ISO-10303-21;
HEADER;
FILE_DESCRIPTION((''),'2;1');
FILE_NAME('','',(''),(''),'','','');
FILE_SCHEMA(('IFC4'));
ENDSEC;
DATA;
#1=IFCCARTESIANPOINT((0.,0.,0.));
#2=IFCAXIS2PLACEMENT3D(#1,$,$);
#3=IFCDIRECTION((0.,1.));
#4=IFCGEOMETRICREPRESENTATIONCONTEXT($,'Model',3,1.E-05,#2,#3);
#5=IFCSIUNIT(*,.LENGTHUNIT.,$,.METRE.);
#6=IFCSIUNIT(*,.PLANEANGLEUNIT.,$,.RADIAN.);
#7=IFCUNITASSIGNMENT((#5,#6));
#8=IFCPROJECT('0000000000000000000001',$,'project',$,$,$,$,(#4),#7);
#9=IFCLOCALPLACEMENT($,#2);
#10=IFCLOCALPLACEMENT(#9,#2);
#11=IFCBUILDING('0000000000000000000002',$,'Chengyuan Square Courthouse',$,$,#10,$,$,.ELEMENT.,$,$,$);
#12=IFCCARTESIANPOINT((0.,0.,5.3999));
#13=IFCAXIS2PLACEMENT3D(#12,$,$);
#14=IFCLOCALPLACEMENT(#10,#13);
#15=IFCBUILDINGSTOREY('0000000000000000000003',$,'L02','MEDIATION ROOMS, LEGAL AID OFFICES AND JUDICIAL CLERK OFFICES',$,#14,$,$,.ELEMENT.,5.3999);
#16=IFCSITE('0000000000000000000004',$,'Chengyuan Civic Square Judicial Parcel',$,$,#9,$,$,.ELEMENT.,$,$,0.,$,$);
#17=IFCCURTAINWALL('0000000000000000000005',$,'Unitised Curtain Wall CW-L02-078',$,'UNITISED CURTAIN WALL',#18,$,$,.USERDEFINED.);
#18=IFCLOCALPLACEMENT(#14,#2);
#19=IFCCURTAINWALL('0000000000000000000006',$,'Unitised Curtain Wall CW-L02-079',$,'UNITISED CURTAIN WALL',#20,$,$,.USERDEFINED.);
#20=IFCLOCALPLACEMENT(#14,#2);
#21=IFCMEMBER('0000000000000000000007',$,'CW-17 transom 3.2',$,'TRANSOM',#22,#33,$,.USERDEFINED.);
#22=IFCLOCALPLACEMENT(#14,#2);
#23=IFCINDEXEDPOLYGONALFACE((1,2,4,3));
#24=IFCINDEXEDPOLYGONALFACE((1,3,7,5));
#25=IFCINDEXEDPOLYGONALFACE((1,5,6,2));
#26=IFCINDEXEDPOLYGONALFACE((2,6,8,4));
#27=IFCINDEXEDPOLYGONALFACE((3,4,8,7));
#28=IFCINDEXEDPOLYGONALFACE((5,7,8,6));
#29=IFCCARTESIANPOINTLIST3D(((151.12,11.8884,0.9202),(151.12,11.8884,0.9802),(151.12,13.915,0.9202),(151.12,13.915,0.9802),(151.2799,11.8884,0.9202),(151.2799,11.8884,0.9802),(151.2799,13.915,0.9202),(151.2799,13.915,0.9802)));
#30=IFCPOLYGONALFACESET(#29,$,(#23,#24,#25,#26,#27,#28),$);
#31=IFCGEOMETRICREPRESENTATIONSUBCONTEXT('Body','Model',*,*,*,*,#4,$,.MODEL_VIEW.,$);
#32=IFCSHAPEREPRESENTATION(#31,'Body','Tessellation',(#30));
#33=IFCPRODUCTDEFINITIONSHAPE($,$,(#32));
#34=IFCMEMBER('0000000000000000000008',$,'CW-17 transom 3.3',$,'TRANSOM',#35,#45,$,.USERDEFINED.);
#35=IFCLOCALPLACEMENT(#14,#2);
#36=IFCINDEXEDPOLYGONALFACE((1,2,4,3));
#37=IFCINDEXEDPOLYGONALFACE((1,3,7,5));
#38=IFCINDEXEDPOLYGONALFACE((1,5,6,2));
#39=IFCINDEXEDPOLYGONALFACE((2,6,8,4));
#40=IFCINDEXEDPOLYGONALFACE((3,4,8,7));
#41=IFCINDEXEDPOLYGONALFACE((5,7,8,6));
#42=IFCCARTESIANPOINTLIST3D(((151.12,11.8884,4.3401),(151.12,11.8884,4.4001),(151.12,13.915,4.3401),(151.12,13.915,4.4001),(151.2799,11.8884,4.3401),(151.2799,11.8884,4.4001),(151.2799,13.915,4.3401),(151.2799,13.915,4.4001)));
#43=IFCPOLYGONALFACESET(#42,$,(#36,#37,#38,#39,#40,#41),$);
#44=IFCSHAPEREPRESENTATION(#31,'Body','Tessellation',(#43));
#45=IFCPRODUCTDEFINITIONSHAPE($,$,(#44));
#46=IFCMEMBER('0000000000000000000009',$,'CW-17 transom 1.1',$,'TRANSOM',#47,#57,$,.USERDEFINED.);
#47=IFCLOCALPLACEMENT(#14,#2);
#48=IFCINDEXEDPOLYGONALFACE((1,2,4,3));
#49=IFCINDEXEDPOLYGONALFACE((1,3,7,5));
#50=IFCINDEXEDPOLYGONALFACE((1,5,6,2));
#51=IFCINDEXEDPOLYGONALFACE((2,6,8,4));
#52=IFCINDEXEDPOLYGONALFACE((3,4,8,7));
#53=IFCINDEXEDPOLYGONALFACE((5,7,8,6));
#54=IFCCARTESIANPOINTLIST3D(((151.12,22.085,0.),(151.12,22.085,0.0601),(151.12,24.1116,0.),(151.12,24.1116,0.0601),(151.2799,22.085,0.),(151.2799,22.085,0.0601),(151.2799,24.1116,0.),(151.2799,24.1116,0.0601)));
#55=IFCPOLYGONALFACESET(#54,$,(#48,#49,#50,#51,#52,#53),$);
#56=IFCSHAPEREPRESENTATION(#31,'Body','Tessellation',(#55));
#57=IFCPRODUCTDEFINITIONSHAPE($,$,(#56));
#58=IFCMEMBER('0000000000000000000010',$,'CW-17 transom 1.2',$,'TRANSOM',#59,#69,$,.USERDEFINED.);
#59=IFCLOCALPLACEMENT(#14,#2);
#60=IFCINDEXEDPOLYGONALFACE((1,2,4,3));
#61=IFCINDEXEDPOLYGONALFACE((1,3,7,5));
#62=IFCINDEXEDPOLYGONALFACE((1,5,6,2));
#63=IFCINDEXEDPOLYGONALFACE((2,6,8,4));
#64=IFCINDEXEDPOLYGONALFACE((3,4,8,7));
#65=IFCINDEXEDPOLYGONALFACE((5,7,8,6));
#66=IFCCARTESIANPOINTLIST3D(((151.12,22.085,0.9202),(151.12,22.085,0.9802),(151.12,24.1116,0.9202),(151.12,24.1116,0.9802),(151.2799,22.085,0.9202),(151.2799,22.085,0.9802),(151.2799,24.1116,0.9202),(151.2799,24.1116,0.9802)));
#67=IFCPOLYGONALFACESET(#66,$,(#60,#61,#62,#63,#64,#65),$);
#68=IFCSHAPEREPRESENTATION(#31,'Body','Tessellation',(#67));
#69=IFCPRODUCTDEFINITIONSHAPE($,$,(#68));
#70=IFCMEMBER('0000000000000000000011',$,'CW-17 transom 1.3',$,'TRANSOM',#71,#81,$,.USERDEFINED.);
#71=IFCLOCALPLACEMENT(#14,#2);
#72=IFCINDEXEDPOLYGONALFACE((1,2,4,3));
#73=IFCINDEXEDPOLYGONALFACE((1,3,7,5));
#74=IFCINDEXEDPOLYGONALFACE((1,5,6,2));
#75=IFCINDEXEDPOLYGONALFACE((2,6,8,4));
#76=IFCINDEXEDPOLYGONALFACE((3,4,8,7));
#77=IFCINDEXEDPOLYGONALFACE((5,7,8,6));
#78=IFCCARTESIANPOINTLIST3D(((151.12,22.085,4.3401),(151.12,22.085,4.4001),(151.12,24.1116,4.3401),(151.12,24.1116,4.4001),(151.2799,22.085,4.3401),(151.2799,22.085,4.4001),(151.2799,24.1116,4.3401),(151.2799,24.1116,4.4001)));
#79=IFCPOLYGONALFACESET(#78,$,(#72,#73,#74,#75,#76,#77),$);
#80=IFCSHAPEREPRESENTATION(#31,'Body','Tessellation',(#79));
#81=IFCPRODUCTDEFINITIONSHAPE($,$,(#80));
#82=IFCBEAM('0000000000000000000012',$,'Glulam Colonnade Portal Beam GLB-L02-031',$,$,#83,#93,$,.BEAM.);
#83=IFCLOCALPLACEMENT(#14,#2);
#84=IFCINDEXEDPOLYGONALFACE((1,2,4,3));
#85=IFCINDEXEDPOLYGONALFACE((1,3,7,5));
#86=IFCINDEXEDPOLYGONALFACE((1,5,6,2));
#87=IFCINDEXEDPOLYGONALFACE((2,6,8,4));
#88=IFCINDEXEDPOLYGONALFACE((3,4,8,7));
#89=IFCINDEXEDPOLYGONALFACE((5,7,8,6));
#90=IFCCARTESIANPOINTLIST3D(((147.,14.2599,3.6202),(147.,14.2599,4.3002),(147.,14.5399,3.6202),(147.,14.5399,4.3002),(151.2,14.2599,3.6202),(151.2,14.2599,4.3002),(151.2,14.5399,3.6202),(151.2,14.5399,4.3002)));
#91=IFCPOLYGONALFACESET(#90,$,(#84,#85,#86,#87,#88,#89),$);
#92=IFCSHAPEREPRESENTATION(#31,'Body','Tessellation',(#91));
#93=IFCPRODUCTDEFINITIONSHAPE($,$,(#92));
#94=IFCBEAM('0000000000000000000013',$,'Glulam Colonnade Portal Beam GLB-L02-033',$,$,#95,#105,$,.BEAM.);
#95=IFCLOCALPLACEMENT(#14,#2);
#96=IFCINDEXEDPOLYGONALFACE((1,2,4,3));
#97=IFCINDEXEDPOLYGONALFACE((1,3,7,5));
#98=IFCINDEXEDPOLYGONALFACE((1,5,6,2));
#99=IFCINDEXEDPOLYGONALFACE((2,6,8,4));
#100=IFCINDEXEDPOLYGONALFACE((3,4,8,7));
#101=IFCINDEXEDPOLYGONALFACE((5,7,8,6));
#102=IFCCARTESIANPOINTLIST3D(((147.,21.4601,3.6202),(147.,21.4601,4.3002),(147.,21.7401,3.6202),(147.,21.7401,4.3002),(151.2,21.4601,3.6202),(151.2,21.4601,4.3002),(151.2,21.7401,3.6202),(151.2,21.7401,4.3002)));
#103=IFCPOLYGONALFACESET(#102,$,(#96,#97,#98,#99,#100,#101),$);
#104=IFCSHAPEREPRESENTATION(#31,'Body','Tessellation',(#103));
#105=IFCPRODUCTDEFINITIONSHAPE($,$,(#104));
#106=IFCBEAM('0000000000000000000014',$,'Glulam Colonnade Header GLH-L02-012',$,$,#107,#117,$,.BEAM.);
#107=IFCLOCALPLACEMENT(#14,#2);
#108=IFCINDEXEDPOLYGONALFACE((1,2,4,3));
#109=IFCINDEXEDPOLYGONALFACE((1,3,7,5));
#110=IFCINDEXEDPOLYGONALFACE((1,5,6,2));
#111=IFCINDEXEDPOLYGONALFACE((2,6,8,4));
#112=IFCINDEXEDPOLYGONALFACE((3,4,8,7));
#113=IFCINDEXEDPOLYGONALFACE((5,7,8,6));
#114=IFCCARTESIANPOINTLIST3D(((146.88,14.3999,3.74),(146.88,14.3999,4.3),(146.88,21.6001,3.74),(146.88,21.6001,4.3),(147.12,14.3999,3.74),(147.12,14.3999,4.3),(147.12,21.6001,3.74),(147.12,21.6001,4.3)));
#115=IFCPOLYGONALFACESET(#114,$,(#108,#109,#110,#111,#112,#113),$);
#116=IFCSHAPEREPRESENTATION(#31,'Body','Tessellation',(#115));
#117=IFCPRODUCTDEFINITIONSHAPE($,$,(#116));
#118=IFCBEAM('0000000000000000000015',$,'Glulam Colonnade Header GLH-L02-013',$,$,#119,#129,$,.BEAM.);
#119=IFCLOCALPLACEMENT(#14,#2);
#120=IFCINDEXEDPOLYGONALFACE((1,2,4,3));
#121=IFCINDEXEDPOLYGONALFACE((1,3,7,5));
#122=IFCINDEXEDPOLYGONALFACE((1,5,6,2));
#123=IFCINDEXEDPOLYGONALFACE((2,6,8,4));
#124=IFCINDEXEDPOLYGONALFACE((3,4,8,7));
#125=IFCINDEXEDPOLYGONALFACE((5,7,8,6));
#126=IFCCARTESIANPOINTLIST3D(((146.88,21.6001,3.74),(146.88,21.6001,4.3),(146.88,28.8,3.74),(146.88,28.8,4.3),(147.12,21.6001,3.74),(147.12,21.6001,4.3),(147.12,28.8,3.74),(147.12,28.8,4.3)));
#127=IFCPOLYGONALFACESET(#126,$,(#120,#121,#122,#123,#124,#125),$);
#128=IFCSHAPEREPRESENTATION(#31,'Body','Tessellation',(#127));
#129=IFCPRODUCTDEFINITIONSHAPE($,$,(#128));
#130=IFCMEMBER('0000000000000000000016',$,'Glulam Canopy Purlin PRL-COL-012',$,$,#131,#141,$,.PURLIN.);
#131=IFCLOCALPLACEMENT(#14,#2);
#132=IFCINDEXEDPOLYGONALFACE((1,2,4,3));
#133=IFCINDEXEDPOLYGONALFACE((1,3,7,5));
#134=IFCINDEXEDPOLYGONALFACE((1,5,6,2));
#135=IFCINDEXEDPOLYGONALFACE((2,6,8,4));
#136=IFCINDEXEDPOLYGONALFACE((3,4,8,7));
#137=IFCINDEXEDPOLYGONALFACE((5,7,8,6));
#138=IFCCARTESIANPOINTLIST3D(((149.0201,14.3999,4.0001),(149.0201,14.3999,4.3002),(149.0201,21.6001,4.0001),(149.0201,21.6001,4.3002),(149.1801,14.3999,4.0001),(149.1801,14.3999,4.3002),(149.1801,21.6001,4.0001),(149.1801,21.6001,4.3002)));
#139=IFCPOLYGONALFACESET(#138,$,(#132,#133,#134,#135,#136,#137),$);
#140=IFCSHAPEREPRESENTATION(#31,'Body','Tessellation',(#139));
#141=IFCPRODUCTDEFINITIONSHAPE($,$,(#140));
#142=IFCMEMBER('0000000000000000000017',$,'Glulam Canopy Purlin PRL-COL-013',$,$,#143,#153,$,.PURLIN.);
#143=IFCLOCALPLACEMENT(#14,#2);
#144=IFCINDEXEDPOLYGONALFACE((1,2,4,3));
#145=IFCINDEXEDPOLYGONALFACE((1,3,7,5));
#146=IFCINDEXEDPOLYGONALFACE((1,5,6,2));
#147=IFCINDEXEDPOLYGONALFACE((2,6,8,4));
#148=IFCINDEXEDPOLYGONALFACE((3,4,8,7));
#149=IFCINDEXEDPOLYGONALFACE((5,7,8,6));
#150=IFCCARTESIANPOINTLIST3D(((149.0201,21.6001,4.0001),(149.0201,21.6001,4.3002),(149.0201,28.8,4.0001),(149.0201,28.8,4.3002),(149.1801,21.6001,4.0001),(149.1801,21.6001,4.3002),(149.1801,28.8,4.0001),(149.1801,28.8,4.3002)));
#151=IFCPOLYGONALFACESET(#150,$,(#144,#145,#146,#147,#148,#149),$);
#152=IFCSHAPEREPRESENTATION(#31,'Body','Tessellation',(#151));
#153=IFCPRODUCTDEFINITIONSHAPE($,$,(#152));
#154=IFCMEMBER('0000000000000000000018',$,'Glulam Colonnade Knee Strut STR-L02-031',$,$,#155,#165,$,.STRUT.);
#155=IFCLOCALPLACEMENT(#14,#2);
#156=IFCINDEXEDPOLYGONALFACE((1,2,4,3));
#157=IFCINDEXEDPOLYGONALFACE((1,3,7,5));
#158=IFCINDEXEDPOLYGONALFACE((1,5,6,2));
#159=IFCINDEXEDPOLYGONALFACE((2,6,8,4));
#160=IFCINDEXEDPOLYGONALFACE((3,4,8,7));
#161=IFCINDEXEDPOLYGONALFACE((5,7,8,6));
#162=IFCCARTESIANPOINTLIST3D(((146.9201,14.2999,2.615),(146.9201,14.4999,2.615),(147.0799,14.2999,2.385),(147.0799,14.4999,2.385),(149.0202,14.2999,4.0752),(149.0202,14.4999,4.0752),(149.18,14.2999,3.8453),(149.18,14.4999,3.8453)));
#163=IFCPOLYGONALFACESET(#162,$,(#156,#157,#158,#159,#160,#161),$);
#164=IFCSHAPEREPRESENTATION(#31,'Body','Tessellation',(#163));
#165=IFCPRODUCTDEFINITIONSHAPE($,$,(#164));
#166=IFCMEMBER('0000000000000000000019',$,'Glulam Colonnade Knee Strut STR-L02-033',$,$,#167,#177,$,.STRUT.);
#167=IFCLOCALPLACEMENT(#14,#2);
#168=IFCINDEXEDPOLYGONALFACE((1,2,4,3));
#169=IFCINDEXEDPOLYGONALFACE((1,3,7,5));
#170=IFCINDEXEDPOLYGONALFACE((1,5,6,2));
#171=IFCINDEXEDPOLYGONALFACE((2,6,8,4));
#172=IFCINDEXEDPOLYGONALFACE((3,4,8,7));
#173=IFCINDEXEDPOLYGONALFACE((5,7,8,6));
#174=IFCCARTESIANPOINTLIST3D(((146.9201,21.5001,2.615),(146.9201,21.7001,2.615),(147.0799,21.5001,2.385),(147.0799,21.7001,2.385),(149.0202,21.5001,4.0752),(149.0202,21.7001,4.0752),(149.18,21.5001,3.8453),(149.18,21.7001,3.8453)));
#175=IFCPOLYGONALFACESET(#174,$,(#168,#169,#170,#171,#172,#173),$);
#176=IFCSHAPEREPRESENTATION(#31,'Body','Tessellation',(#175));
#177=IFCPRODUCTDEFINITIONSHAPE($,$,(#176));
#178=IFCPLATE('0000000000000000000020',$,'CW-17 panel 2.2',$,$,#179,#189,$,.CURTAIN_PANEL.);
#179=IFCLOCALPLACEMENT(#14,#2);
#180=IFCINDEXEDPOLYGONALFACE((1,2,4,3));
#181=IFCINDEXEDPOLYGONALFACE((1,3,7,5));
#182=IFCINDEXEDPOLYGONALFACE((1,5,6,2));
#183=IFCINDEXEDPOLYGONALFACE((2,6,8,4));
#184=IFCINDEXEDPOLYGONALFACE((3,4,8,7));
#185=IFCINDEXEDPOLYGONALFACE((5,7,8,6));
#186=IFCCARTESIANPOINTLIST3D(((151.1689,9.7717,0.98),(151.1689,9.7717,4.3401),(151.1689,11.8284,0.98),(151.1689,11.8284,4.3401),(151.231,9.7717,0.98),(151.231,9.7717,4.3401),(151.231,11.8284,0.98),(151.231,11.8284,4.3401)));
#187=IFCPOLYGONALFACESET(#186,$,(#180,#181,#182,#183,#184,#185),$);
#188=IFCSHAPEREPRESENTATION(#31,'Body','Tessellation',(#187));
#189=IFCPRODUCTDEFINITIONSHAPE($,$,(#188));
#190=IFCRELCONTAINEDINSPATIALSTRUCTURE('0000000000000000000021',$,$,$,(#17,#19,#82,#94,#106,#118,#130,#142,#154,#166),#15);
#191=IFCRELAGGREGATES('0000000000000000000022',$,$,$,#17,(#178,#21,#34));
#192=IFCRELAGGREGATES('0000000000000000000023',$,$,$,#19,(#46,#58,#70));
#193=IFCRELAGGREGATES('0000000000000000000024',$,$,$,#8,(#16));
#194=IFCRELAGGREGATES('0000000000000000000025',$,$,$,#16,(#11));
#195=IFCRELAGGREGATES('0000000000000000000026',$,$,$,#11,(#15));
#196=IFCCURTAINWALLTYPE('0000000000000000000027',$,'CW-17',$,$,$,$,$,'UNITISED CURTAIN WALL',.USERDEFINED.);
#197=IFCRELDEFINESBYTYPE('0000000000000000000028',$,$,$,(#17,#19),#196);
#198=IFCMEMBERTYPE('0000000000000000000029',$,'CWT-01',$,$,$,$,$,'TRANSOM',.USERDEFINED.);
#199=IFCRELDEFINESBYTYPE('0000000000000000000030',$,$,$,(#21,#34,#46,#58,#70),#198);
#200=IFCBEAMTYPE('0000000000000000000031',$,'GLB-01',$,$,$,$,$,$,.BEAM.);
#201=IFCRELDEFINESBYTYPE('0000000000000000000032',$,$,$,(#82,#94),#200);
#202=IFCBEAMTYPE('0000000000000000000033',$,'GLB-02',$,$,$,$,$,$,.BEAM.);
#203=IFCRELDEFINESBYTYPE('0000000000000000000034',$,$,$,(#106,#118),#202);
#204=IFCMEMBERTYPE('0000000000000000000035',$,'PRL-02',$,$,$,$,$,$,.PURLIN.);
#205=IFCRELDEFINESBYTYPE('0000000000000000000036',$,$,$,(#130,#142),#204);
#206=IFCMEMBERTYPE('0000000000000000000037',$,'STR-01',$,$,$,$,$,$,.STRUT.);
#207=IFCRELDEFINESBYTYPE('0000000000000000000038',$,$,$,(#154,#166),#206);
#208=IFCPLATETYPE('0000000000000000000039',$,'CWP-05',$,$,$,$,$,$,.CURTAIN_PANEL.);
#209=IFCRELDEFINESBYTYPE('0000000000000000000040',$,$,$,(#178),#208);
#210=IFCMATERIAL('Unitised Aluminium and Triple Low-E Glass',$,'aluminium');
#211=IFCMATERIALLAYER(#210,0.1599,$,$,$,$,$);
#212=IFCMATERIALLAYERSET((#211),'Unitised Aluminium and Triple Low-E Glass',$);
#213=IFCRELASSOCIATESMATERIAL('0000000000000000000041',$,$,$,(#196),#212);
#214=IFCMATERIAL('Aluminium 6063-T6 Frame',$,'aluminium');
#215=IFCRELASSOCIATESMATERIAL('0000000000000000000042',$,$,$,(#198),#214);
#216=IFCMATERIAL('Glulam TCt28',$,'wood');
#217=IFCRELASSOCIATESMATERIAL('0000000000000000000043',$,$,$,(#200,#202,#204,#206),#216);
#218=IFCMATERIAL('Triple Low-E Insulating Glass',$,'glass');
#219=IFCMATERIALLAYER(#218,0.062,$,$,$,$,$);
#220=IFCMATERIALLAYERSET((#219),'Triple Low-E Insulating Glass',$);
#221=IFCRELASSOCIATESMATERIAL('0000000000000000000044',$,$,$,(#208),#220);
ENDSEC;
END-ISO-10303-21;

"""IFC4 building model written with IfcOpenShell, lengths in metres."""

from ifc_helpers import new_model, si_unit, direction, frame, origin, origin_2d, place, context, subcontext, project, spatial, rectangle, extrude, material, layer, layer_set, material_profile, profile_set, type_object, element, aggregate, save


model = new_model("IFC4")

# Units and contexts
model_context = context("Model", 3, precision=1e-05, world=origin(), true_north=direction((0.0, 1.0)))
body_context = subcontext(model_context, "Body", "Model", "MODEL_VIEW")
ifc_project = project(units=[si_unit("LENGTHUNIT", "METRE"), si_unit("PLANEANGLEUNIT", "RADIAN")], contexts=[model_context])

# Site, building, storey
site_placement = place(None, origin())
site = spatial("IfcSite", under=ifc_project, at=site_placement, Name="Chengyuan Civic Square Judicial Parcel", CompositionType="ELEMENT", RefElevation=0.0)
building_placement = place(site_placement, origin())
building = spatial("IfcBuilding", under=site, at=building_placement, Name="Chengyuan Square Courthouse", CompositionType="ELEMENT")
storey_placement = place(building_placement, frame((0.0, 0.0, 5.3999)))
storey = spatial("IfcBuildingStorey", under=building, at=storey_placement, Name="L02", Description="MEDIATION ROOMS, LEGAL AID OFFICES AND JUDICIAL CLERK OFFICES", CompositionType="ELEMENT", Elevation=5.3999)

# Shared definitions
ifc_material_1 = material(Name="Glulam TCt28", Category="wood")

# Curtain wall
ifc_material_2 = material(Name="Unitised Aluminium and Triple Low-E Glass", Category="aluminium")
ifc_layer_1 = layer(ifc_material_2, 0.1599)
ifc_layer_set_1 = layer_set([ifc_layer_1], Name="Unitised Aluminium and Triple Low-E Glass")
curtain_wall_type = type_object("IfcCurtainWallType", Name="CW-17", ElementType="UNITISED CURTAIN WALL", PredefinedType="USERDEFINED", material=ifc_layer_set_1)
curtain_wall_1_placement = place(storey_placement, origin())
curtain_wall_1 = element("IfcCurtainWall", 1, at=curtain_wall_1_placement, inside=storey, type_object=curtain_wall_type, Name="Unitised Curtain Wall CW-L02-078", ObjectType="UNITISED CURTAIN WALL", PredefinedType="USERDEFINED")
ifc_material_3 = material(Name="Aluminium 6063-T6 Frame", Category="aluminium")

# Curtain wall
curtain_wall_2_placement = place(storey_placement, origin())
curtain_wall_2 = element("IfcCurtainWall", 2, at=curtain_wall_2_placement, inside=storey, type_object=curtain_wall_type, Name="Unitised Curtain Wall CW-L02-079", ObjectType="UNITISED CURTAIN WALL", PredefinedType="USERDEFINED")

# Members
ifc_material_profile_1 = material_profile(ifc_material_3, rectangle(XDim=0.1599, YDim=0.0601, at=origin_2d()), Name="CW-TRN-60x120")
ifc_profile_set_1 = profile_set([ifc_material_profile_1], Name="Aluminium 6063-T6 Frame")
member_type_1 = type_object("IfcMemberType", Name="CWT-01", ElementType="TRANSOM", PredefinedType="USERDEFINED", material=ifc_profile_set_1)
member_1_placement = place(storey_placement, frame((151.2, 11.8884, 0.9502), z_axis=(0.0, 1.0, 0.0), x_axis=(-1.0, 0.0, 0.0)))
member_1 = element("IfcMember", 3, at=member_1_placement, type_object=member_type_1, Name="CW-17 transom 3.2", ObjectType="TRANSOM", PredefinedType="USERDEFINED", context=body_context, shape_type="SweptSolid", body=[
    extrude(rectangle(XDim=0.1599, YDim=0.0601, at=origin_2d()), origin(), (0.0, 0.0, 1.0), 2.0266),
])
member_2_placement = place(storey_placement, frame((151.2, 11.8884, 4.3701), z_axis=(0.0, 1.0, 0.0), x_axis=(-1.0, 0.0, 0.0)))
member_2 = element("IfcMember", 4, at=member_2_placement, type_object=member_type_1, Name="CW-17 transom 3.3", ObjectType="TRANSOM", PredefinedType="USERDEFINED", context=body_context, shape_type="SweptSolid", body=[
    extrude(rectangle(XDim=0.1599, YDim=0.0601, at=origin_2d()), origin(), (0.0, 0.0, 1.0), 2.0266),
])
member_3_placement = place(storey_placement, frame((151.2, 22.085, 0.03), z_axis=(0.0, 1.0, 0.0), x_axis=(-1.0, 0.0, 0.0)))
member_3 = element("IfcMember", 5, at=member_3_placement, type_object=member_type_1, Name="CW-17 transom 1.1", ObjectType="TRANSOM", PredefinedType="USERDEFINED", context=body_context, shape_type="SweptSolid", body=[
    extrude(rectangle(XDim=0.1599, YDim=0.0601, at=origin_2d()), origin(), (0.0, 0.0, 1.0), 2.0266),
])
member_4_placement = place(storey_placement, frame((151.2, 22.085, 0.9502), z_axis=(0.0, 1.0, 0.0), x_axis=(-1.0, 0.0, 0.0)))
member_4 = element("IfcMember", 6, at=member_4_placement, type_object=member_type_1, Name="CW-17 transom 1.2", ObjectType="TRANSOM", PredefinedType="USERDEFINED", context=body_context, shape_type="SweptSolid", body=[
    extrude(rectangle(XDim=0.1599, YDim=0.0601, at=origin_2d()), origin(), (0.0, 0.0, 1.0), 2.0266),
])
member_5_placement = place(storey_placement, frame((151.2, 22.085, 4.3701), z_axis=(0.0, 1.0, 0.0), x_axis=(-1.0, 0.0, 0.0)))
member_5 = element("IfcMember", 7, at=member_5_placement, type_object=member_type_1, Name="CW-17 transom 1.3", ObjectType="TRANSOM", PredefinedType="USERDEFINED", context=body_context, shape_type="SweptSolid", body=[
    extrude(rectangle(XDim=0.1599, YDim=0.0601, at=origin_2d()), origin(), (0.0, 0.0, 1.0), 2.0266),
])

# Beams
ifc_material_profile_2 = material_profile(ifc_material_1, rectangle(XDim=0.28, YDim=0.6799, at=origin_2d()), Name="GL-BM-280x680")
ifc_profile_set_2 = profile_set([ifc_material_profile_2], Name="Glulam TCt28")
beam_type_1 = type_object("IfcBeamType", Name="GLB-01", PredefinedType="BEAM", material=ifc_profile_set_2)
for number, where, z_axis, x_axis, name in (
    (8, (151.2, 14.3999, 3.9602), (-1.0, 0.0, 0.0), (0.0, -1.0, 0.0), "Glulam Colonnade Portal Beam GLB-L02-031"),
    (9, (151.2, 21.6001, 3.9602), (-1.0, 0.0, 0.0), (0.0, -1.0, 0.0), "Glulam Colonnade Portal Beam GLB-L02-033"),
):
    element("IfcBeam", number, at=place(storey_placement, frame(where, z_axis=z_axis, x_axis=x_axis)), inside=storey, type_object=beam_type_1, Name=name, PredefinedType="BEAM", context=body_context, shape_type="SweptSolid", body=[
        extrude(rectangle(XDim=0.28, YDim=0.6799, at=origin_2d()), origin(), (0.0, 0.0, 1.0), 4.2),
    ])
ifc_material_profile_3 = material_profile(ifc_material_1, rectangle(XDim=0.24, YDim=0.5601, at=origin_2d()), Name="GL-BM-240x560")
ifc_profile_set_3 = profile_set([ifc_material_profile_3], Name="Glulam TCt28")
beam_type_2 = type_object("IfcBeamType", Name="GLB-02", PredefinedType="BEAM", material=ifc_profile_set_3)
beam_1_placement = place(storey_placement, frame((147.0, 14.3999, 4.02), z_axis=(0.0, 1.0, 0.0), x_axis=(-1.0, 0.0, 0.0)))
element("IfcBeam", 10, at=beam_1_placement, inside=storey, type_object=beam_type_2, Name="Glulam Colonnade Header GLH-L02-012", PredefinedType="BEAM", context=body_context, shape_type="SweptSolid", body=[
    extrude(rectangle(XDim=0.24, YDim=0.5601, at=origin_2d()), origin(), (0.0, 0.0, 1.0), 7.2002),
])
beam_2_placement = place(storey_placement, frame((147.0, 21.6001, 4.02), z_axis=(0.0, 1.0, 0.0), x_axis=(-1.0, 0.0, 0.0)))
element("IfcBeam", 11, at=beam_2_placement, inside=storey, type_object=beam_type_2, Name="Glulam Colonnade Header GLH-L02-013", PredefinedType="BEAM", context=body_context, shape_type="SweptSolid", body=[
    extrude(rectangle(XDim=0.24, YDim=0.5601, at=origin_2d()), origin(), (0.0, 0.0, 1.0), 7.2),
])

# Members
ifc_material_profile_4 = material_profile(ifc_material_1, rectangle(XDim=0.1599, YDim=0.3, at=origin_2d()), Name="GL-PRL-160x300")
ifc_profile_set_4 = profile_set([ifc_material_profile_4], Name="Glulam TCt28")
member_type_2 = type_object("IfcMemberType", Name="PRL-02", PredefinedType="PURLIN", material=ifc_profile_set_4)
member_6_placement = place(storey_placement, frame((149.1001, 14.3999, 4.1501), z_axis=(0.0, 1.0, 0.0), x_axis=(-1.0, 0.0, 0.0)))
element("IfcMember", 12, at=member_6_placement, inside=storey, type_object=member_type_2, Name="Glulam Canopy Purlin PRL-COL-012", PredefinedType="PURLIN", context=body_context, shape_type="SweptSolid", body=[
    extrude(rectangle(XDim=0.1599, YDim=0.3, at=origin_2d()), origin(), (0.0, 0.0, 1.0), 7.2002),
])
member_7_placement = place(storey_placement, frame((149.1001, 21.6001, 4.1501), z_axis=(0.0, 1.0, 0.0), x_axis=(-1.0, 0.0, 0.0)))
element("IfcMember", 13, at=member_7_placement, inside=storey, type_object=member_type_2, Name="Glulam Canopy Purlin PRL-COL-013", PredefinedType="PURLIN", context=body_context, shape_type="SweptSolid", body=[
    extrude(rectangle(XDim=0.1599, YDim=0.3, at=origin_2d()), origin(), (0.0, 0.0, 1.0), 7.2),
])
ifc_material_profile_5 = material_profile(ifc_material_1, rectangle(XDim=0.2, YDim=0.28, at=origin_2d()), Name="GL-STR-200x280")
ifc_profile_set_5 = profile_set([ifc_material_profile_5], Name="Glulam TCt28")
member_type_3 = type_object("IfcMemberType", Name="STR-01", PredefinedType="STRUT", material=ifc_profile_set_5)
for number, where, z_axis, x_axis, name in (
    (14, (147.0, 14.3999, 2.5), (0.821039, 0.0, 0.570872), (0.0, 1.0, 0.0), "Glulam Colonnade Knee Strut STR-L02-031"),
    (15, (147.0, 21.6001, 2.5), (0.821039, 0.0, 0.570872), (0.0, 1.0, 0.0), "Glulam Colonnade Knee Strut STR-L02-033"),
):
    element("IfcMember", number, at=place(storey_placement, frame(where, z_axis=z_axis, x_axis=x_axis)), inside=storey, type_object=member_type_3, Name=name, PredefinedType="STRUT", context=body_context, shape_type="SweptSolid", body=[
        extrude(rectangle(XDim=0.2, YDim=0.28, at=origin_2d()), origin(), (0.0, 0.0, 1.0), 2.5579),
    ])

# Plate
ifc_material_4 = material(Name="Triple Low-E Insulating Glass", Category="glass")
ifc_layer_2 = layer(ifc_material_4, 0.062)
ifc_layer_set_2 = layer_set([ifc_layer_2], Name="Triple Low-E Insulating Glass")
plate_type = type_object("IfcPlateType", Name="CWP-05", PredefinedType="CURTAIN_PANEL", material=ifc_layer_set_2)
plate_1_placement = place(storey_placement, frame((151.2, 10.8, 0.98), z_axis=(0.0, 0.0, 1.0), x_axis=(0.0, 1.0, 0.0)))
plate_1 = element("IfcPlate", 16, at=plate_1_placement, type_object=plate_type, Name="CW-17 panel 2.2", PredefinedType="CURTAIN_PANEL", context=body_context, shape_type="SweptSolid", body=[
    extrude(rectangle(XDim=2.0566, YDim=0.062, at=origin_2d()), origin(), (0.0, 0.0, 1.0), 3.3601),
])
aggregate(curtain_wall_1, [plate_1, member_1, member_2])
aggregate(curtain_wall_2, [member_3, member_4, member_5])

save(model, "model.ifc")
